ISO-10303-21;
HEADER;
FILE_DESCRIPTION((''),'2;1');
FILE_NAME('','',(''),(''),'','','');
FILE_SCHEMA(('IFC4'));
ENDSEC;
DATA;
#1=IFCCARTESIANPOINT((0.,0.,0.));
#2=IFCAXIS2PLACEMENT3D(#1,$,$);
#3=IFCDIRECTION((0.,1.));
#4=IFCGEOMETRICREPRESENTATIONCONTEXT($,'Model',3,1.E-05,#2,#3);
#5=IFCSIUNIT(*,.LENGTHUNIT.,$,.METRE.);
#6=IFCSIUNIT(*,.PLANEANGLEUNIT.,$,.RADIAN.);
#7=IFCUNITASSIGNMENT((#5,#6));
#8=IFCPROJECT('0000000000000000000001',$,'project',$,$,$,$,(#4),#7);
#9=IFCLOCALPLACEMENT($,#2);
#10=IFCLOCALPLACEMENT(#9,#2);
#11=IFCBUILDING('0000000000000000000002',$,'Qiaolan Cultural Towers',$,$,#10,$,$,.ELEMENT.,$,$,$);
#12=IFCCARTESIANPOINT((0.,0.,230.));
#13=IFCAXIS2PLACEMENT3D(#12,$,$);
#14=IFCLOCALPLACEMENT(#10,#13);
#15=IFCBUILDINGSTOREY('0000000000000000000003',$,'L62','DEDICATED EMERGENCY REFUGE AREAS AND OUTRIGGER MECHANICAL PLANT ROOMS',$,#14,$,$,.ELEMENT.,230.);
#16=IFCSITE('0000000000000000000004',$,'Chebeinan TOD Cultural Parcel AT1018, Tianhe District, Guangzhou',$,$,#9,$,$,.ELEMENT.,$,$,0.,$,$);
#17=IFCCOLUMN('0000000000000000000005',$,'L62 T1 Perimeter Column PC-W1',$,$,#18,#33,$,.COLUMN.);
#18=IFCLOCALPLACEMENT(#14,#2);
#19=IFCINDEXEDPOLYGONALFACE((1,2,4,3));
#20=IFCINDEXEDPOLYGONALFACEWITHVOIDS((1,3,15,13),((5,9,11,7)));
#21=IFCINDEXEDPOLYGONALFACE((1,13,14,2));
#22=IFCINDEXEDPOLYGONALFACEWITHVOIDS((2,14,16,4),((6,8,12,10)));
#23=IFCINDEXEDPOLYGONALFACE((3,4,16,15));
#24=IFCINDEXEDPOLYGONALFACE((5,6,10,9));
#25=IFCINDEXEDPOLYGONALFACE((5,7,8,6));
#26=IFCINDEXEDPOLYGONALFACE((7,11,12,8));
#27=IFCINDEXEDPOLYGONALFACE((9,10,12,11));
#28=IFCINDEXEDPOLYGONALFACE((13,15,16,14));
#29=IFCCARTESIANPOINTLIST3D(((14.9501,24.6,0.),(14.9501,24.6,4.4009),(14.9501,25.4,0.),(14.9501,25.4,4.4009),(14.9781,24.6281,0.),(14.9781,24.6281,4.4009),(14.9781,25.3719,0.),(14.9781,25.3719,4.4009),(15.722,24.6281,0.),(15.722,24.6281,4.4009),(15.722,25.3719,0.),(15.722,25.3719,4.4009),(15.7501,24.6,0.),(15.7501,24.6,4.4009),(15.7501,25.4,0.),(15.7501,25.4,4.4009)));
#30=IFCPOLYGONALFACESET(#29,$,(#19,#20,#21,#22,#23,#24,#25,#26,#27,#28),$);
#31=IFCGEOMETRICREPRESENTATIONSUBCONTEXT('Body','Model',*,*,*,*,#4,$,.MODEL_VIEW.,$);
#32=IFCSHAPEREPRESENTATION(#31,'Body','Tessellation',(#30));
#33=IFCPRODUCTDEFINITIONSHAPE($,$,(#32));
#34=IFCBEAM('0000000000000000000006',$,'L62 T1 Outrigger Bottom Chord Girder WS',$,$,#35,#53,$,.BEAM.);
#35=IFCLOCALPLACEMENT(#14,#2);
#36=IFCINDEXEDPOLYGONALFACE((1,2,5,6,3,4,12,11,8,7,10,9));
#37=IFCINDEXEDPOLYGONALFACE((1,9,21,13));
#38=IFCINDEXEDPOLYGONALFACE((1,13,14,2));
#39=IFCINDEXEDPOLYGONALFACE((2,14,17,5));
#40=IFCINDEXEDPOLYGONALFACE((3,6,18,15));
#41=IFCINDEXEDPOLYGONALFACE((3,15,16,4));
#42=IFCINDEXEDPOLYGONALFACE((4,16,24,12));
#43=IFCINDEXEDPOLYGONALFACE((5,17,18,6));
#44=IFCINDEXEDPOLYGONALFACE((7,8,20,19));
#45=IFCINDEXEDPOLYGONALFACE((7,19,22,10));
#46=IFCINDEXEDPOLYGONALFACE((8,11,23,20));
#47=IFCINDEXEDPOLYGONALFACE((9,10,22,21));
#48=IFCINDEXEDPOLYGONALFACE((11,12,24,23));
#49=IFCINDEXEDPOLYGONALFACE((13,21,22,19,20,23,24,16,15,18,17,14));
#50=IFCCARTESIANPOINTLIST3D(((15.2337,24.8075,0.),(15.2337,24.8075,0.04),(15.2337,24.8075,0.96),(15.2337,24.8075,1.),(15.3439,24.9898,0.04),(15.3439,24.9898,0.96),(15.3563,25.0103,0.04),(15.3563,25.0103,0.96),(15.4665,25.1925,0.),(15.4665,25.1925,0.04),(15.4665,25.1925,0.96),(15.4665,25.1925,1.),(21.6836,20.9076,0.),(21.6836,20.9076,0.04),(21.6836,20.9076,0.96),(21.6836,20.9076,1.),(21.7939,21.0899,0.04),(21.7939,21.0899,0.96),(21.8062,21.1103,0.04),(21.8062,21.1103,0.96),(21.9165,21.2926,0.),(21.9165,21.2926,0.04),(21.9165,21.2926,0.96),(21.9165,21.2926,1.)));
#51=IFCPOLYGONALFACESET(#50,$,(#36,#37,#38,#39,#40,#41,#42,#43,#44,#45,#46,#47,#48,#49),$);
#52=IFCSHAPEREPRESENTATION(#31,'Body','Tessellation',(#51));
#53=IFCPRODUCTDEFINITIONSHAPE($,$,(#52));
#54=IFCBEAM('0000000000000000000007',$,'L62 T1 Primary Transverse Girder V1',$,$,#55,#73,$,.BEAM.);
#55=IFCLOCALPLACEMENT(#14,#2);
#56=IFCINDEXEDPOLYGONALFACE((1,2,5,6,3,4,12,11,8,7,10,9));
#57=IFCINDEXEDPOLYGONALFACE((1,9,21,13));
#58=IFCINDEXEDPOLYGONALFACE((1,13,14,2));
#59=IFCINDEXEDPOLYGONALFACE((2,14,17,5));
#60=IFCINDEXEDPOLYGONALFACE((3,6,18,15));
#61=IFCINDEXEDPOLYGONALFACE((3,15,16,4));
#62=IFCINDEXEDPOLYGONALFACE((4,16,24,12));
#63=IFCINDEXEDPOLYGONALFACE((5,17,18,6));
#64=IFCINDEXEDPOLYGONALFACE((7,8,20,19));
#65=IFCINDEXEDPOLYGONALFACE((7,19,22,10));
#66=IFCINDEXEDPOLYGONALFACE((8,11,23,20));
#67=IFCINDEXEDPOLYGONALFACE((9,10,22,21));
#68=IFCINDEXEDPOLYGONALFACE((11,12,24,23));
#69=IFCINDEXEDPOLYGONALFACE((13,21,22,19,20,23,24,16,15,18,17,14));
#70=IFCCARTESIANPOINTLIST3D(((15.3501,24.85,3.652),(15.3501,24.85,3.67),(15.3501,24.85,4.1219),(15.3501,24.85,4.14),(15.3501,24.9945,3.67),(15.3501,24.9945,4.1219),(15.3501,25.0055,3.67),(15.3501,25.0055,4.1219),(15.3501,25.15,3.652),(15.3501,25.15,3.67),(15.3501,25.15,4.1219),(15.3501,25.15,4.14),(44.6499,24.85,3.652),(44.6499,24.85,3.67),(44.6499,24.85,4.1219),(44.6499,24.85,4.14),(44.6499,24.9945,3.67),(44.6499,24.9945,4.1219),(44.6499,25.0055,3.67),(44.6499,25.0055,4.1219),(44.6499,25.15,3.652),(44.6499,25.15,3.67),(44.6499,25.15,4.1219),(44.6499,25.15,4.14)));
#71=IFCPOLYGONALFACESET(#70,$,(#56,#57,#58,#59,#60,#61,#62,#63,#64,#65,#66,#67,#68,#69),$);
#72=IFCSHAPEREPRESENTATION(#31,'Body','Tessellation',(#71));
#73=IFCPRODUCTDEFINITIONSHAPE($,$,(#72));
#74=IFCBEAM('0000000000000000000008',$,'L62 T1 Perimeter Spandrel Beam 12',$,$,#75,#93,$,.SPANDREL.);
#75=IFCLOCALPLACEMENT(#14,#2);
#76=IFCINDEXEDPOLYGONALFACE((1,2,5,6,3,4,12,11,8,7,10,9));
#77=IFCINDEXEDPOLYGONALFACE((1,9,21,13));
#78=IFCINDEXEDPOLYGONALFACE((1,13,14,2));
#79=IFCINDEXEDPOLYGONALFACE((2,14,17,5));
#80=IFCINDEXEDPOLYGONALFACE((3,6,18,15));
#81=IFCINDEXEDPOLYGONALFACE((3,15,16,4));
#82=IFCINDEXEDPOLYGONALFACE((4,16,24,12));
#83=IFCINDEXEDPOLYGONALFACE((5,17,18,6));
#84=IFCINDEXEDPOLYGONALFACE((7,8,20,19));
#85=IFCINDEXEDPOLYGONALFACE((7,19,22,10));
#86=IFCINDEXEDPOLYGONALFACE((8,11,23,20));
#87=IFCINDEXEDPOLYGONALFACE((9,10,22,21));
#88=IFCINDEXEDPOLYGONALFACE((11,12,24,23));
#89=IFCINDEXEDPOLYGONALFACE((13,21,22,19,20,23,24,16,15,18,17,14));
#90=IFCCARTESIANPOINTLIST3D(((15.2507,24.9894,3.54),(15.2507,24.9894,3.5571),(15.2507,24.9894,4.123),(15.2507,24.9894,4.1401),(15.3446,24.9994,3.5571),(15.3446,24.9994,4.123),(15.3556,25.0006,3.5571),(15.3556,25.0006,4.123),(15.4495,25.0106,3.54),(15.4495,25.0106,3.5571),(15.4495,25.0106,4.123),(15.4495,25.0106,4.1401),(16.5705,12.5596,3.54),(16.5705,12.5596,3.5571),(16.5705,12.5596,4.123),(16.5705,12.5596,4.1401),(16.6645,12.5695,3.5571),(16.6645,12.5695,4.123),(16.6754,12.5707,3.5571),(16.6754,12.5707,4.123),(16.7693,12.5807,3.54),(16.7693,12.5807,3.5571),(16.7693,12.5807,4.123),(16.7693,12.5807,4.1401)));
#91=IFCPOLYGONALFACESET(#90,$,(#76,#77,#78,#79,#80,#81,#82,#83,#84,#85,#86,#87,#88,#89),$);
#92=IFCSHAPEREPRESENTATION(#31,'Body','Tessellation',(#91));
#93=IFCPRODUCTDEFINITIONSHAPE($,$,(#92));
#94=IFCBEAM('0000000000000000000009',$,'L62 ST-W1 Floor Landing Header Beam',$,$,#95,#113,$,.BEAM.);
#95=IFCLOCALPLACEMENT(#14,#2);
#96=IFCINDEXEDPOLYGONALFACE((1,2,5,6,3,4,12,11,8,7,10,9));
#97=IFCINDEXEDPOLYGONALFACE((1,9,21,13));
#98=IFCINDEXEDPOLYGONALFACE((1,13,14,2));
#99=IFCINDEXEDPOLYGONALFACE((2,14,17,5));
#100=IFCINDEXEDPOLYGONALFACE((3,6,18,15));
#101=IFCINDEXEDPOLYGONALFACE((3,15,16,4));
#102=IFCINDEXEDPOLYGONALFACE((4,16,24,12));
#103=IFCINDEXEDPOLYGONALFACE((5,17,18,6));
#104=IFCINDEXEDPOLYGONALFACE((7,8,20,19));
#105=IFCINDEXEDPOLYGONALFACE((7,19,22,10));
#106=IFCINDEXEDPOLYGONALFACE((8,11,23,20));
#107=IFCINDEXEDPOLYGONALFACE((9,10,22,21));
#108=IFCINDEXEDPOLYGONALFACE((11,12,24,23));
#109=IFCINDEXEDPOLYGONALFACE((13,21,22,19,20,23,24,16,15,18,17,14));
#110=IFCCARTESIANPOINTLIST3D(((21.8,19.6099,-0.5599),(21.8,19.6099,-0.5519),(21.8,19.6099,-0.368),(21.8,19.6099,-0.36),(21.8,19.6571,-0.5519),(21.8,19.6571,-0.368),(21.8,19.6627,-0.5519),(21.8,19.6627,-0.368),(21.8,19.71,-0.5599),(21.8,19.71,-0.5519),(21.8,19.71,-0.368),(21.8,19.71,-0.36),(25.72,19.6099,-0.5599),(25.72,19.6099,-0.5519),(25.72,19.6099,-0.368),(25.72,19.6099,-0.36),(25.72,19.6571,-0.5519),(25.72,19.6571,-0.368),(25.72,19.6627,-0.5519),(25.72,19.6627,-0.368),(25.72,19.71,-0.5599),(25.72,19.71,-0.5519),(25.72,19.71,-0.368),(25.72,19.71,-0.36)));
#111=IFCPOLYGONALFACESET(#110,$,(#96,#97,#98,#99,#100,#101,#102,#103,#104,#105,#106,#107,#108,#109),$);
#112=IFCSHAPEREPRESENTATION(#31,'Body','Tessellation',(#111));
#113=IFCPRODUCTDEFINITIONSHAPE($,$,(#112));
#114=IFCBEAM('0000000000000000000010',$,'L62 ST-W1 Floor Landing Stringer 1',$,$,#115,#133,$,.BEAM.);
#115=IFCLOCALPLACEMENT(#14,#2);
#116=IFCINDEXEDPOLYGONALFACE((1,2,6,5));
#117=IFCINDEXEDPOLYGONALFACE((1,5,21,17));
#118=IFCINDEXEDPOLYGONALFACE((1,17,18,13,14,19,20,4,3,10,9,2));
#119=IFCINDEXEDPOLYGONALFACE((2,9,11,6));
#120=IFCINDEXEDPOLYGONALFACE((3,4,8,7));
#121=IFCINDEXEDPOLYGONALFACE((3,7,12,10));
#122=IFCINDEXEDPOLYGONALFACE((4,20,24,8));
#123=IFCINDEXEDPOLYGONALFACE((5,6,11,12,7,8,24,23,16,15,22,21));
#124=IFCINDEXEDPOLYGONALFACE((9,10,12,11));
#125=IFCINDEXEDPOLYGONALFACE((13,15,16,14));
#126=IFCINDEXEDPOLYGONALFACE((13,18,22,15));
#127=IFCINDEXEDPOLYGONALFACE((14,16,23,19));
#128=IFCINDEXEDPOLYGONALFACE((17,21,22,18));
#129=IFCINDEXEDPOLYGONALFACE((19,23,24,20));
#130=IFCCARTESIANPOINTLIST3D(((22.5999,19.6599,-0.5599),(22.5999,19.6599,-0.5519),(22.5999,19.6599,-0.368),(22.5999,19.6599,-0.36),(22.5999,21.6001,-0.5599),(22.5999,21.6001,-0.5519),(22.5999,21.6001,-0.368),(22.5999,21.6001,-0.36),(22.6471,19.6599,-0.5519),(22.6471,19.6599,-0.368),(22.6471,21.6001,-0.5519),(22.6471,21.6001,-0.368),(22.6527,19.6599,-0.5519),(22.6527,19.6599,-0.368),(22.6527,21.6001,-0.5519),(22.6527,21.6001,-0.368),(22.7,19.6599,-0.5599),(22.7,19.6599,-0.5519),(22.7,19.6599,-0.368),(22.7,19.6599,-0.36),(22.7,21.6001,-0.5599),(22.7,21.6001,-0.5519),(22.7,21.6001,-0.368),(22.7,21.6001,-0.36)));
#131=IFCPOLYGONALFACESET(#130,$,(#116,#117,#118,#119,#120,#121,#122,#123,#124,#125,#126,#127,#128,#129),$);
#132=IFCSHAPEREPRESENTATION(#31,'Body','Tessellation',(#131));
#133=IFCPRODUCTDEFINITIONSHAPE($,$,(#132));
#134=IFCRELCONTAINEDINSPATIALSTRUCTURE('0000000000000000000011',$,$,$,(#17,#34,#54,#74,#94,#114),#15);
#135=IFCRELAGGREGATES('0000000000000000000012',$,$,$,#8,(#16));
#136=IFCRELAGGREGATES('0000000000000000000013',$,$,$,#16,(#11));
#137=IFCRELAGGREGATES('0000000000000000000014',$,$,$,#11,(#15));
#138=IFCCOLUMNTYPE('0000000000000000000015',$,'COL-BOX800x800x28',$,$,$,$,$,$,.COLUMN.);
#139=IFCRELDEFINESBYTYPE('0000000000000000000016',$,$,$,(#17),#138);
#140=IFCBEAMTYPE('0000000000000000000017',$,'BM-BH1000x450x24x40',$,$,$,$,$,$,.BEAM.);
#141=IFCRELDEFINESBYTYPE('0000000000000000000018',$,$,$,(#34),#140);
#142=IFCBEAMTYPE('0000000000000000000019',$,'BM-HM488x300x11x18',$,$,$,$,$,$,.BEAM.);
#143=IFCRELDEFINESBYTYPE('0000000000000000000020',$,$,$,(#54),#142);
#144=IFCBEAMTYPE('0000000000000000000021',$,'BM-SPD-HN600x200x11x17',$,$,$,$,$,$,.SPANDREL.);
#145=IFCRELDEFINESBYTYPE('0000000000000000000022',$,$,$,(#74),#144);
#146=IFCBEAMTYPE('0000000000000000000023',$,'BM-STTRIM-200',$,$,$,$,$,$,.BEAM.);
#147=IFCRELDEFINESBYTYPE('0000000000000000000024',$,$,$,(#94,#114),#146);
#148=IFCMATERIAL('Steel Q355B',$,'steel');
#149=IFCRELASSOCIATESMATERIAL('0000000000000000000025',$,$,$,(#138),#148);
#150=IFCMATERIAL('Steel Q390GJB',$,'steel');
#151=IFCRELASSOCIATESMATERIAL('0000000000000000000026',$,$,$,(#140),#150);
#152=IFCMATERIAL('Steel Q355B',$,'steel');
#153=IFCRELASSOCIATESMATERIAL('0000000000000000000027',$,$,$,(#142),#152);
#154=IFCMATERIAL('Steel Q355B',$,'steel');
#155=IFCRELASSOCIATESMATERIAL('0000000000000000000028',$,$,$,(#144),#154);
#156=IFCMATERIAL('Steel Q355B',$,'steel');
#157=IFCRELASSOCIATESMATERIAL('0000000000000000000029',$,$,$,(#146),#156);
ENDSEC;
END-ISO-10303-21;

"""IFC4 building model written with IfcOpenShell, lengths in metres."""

from ifc_helpers import new_model, si_unit, direction, frame, origin, origin_2d, place, context, subcontext, project, spatial, hollow_rectangle, i_section, extrude, material, material_profile, profile_set, type_object, element, save


model = new_model("IFC4")

# Units and contexts
model_context = context("Model", 3, precision=1e-05, world=origin(), true_north=direction((0.0, 1.0)))
body_context = subcontext(model_context, "Body", "Model", "MODEL_VIEW")
ifc_project = project(units=[si_unit("LENGTHUNIT", "METRE"), si_unit("PLANEANGLEUNIT", "RADIAN")], contexts=[model_context])

# Site, building, storey
site_placement = place(None, origin())
site = spatial("IfcSite", under=ifc_project, at=site_placement, Name="Chebeinan TOD Cultural Parcel AT1018, Tianhe District, Guangzhou", CompositionType="ELEMENT", RefElevation=0.0)
building_placement = place(site_placement, origin())
building = spatial("IfcBuilding", under=site, at=building_placement, Name="Qiaolan Cultural Towers", CompositionType="ELEMENT")
storey_placement = place(building_placement, frame((0.0, 0.0, 230.0)))
storey = spatial("IfcBuildingStorey", under=building, at=storey_placement, Name="L62", Description="DEDICATED EMERGENCY REFUGE AREAS AND OUTRIGGER MECHANICAL PLANT ROOMS", CompositionType="ELEMENT", Elevation=230.0)

# Column
ifc_material_1 = material(Name="Steel Q355B", Category="steel")
ifc_material_profile_1 = material_profile(ifc_material_1, hollow_rectangle(XDim=0.8, YDim=0.8, WallThickness=0.0281, at=origin_2d()), Name="BOX800x800x28")
ifc_profile_set_1 = profile_set([ifc_material_profile_1], Name="Steel Q355B")
column_type = type_object("IfcColumnType", Name="COL-BOX800x800x28", PredefinedType="COLUMN", material=ifc_profile_set_1)
column_placement = place(storey_placement, frame((15.3501, 25.0, 0.0), z_axis=(0.0, 0.0, 1.0), x_axis=(1.0, 0.0, 0.0)))
element("IfcColumn", 1, at=column_placement, inside=storey, type_object=column_type, Name="L62 T1 Perimeter Column PC-W1", PredefinedType="COLUMN", context=body_context, shape_type="SweptSolid", body=[
    extrude(hollow_rectangle(XDim=0.8, YDim=0.8, WallThickness=0.0281, at=origin_2d()), origin(), (0.0, 0.0, 1.0), 4.4009),
])

# Beams
ifc_material_2 = material(Name="Steel Q390GJB", Category="steel")
ifc_material_profile_2 = material_profile(ifc_material_2, i_section(OverallWidth=0.45, OverallDepth=1.0, WebThickness=0.0239, FlangeThickness=0.04, at=origin_2d()), Name="BH1000x450x24x40")
ifc_profile_set_2 = profile_set([ifc_material_profile_2], Name="Steel Q390GJB")
beam_type_1 = type_object("IfcBeamType", Name="BM-BH1000x450x24x40", PredefinedType="BEAM", material=ifc_profile_set_2)
beam_1_placement = place(storey_placement, frame((21.8, 21.1001, 0.5), z_axis=(-0.855736, 0.517413, 0.0), x_axis=(-0.517413, -0.855736, 0.0)))
element("IfcBeam", 2, at=beam_1_placement, inside=storey, type_object=beam_type_1, Name="L62 T1 Outrigger Bottom Chord Girder WS", PredefinedType="BEAM", context=body_context, shape_type="SweptSolid", body=[
    extrude(i_section(OverallWidth=0.45, OverallDepth=1.0, WebThickness=0.0239, FlangeThickness=0.04, at=origin_2d()), origin(), (0.0, 0.0, 1.0), 7.5374),
])
ifc_material_3 = material(Name="Steel Q355B", Category="steel")
ifc_material_profile_3 = material_profile(ifc_material_3, i_section(OverallWidth=0.3, OverallDepth=0.488, WebThickness=0.011, FlangeThickness=0.0181, at=origin_2d()), Name="HM488x300x11x18")
ifc_profile_set_3 = profile_set([ifc_material_profile_3], Name="Steel Q355B")
beam_type_2 = type_object("IfcBeamType", Name="BM-HM488x300x11x18", PredefinedType="BEAM", material=ifc_profile_set_3)
beam_2_placement = place(storey_placement, frame((15.3501, 25.0, 3.896), z_axis=(1.0, 0.0, 0.0), x_axis=(0.0, 1.0, 0.0)))
element("IfcBeam", 3, at=beam_2_placement, inside=storey, type_object=beam_type_2, Name="L62 T1 Primary Transverse Girder V1", PredefinedType="BEAM", context=body_context, shape_type="SweptSolid", body=[
    extrude(i_section(OverallWidth=0.3, OverallDepth=0.488, WebThickness=0.011, FlangeThickness=0.0181, at=origin_2d()), origin(), (0.0, 0.0, 1.0), 29.2998),
])
ifc_material_4 = material(Name="Steel Q355B", Category="steel")
ifc_material_profile_4 = material_profile(ifc_material_4, i_section(OverallWidth=0.2, OverallDepth=0.6001, WebThickness=0.011, FlangeThickness=0.0171, at=origin_2d()), Name="HN600x200x11x17")
ifc_profile_set_4 = profile_set([ifc_material_profile_4], Name="Steel Q355B")
beam_type_3 = type_object("IfcBeamType", Name="BM-SPD-HN600x200x11x17", PredefinedType="SPANDREL", material=ifc_profile_set_4)
beam_3_placement = place(storey_placement, frame((15.3501, 25.0, 3.8401), z_axis=(0.105588, -0.99441, 0.0), x_axis=(0.99441, 0.105588, 0.0)))
element("IfcBeam", 4, at=beam_3_placement, inside=storey, type_object=beam_type_3, Name="L62 T1 Perimeter Spandrel Beam 12", PredefinedType="SPANDREL", context=body_context, shape_type="SweptSolid", body=[
    extrude(i_section(OverallWidth=0.2, OverallDepth=0.6001, WebThickness=0.011, FlangeThickness=0.0171, at=origin_2d()), origin(), (0.0, 0.0, 1.0), 12.4998),
])
ifc_material_5 = material(Name="Steel Q355B", Category="steel")
ifc_material_profile_5 = material_profile(ifc_material_5, i_section(OverallWidth=0.1001, OverallDepth=0.2, WebThickness=0.0056, FlangeThickness=0.0081, at=origin_2d()), Name="HN200x100x5.5x8")
ifc_profile_set_5 = profile_set([ifc_material_profile_5], Name="Steel Q355B")
beam_type_4 = type_object("IfcBeamType", Name="BM-STTRIM-200", PredefinedType="BEAM", material=ifc_profile_set_5)
beam_4_placement = place(storey_placement, frame((21.8, 19.6599, -0.46), z_axis=(1.0, 0.0, 0.0), x_axis=(0.0, 1.0, 0.0)))
element("IfcBeam", 5, at=beam_4_placement, inside=storey, type_object=beam_type_4, Name="L62 ST-W1 Floor Landing Header Beam", PredefinedType="BEAM", context=body_context, shape_type="SweptSolid", body=[
    extrude(i_section(OverallWidth=0.1001, OverallDepth=0.2, WebThickness=0.0056, FlangeThickness=0.0081, at=origin_2d()), origin(), (0.0, 0.0, 1.0), 3.9199),
])
beam_5_placement = place(storey_placement, frame((22.6499, 21.6001, -0.46), z_axis=(0.0, -1.0, 0.0), x_axis=(1.0, 0.0, 0.0)))
element("IfcBeam", 6, at=beam_5_placement, inside=storey, type_object=beam_type_4, Name="L62 ST-W1 Floor Landing Stringer 1", PredefinedType="BEAM", context=body_context, shape_type="SweptSolid", body=[
    extrude(i_section(OverallWidth=0.1001, OverallDepth=0.2, WebThickness=0.0056, FlangeThickness=0.0081, at=origin_2d()), origin(), (0.0, 0.0, 1.0), 1.9402),
])

save(model, "model.ifc")
